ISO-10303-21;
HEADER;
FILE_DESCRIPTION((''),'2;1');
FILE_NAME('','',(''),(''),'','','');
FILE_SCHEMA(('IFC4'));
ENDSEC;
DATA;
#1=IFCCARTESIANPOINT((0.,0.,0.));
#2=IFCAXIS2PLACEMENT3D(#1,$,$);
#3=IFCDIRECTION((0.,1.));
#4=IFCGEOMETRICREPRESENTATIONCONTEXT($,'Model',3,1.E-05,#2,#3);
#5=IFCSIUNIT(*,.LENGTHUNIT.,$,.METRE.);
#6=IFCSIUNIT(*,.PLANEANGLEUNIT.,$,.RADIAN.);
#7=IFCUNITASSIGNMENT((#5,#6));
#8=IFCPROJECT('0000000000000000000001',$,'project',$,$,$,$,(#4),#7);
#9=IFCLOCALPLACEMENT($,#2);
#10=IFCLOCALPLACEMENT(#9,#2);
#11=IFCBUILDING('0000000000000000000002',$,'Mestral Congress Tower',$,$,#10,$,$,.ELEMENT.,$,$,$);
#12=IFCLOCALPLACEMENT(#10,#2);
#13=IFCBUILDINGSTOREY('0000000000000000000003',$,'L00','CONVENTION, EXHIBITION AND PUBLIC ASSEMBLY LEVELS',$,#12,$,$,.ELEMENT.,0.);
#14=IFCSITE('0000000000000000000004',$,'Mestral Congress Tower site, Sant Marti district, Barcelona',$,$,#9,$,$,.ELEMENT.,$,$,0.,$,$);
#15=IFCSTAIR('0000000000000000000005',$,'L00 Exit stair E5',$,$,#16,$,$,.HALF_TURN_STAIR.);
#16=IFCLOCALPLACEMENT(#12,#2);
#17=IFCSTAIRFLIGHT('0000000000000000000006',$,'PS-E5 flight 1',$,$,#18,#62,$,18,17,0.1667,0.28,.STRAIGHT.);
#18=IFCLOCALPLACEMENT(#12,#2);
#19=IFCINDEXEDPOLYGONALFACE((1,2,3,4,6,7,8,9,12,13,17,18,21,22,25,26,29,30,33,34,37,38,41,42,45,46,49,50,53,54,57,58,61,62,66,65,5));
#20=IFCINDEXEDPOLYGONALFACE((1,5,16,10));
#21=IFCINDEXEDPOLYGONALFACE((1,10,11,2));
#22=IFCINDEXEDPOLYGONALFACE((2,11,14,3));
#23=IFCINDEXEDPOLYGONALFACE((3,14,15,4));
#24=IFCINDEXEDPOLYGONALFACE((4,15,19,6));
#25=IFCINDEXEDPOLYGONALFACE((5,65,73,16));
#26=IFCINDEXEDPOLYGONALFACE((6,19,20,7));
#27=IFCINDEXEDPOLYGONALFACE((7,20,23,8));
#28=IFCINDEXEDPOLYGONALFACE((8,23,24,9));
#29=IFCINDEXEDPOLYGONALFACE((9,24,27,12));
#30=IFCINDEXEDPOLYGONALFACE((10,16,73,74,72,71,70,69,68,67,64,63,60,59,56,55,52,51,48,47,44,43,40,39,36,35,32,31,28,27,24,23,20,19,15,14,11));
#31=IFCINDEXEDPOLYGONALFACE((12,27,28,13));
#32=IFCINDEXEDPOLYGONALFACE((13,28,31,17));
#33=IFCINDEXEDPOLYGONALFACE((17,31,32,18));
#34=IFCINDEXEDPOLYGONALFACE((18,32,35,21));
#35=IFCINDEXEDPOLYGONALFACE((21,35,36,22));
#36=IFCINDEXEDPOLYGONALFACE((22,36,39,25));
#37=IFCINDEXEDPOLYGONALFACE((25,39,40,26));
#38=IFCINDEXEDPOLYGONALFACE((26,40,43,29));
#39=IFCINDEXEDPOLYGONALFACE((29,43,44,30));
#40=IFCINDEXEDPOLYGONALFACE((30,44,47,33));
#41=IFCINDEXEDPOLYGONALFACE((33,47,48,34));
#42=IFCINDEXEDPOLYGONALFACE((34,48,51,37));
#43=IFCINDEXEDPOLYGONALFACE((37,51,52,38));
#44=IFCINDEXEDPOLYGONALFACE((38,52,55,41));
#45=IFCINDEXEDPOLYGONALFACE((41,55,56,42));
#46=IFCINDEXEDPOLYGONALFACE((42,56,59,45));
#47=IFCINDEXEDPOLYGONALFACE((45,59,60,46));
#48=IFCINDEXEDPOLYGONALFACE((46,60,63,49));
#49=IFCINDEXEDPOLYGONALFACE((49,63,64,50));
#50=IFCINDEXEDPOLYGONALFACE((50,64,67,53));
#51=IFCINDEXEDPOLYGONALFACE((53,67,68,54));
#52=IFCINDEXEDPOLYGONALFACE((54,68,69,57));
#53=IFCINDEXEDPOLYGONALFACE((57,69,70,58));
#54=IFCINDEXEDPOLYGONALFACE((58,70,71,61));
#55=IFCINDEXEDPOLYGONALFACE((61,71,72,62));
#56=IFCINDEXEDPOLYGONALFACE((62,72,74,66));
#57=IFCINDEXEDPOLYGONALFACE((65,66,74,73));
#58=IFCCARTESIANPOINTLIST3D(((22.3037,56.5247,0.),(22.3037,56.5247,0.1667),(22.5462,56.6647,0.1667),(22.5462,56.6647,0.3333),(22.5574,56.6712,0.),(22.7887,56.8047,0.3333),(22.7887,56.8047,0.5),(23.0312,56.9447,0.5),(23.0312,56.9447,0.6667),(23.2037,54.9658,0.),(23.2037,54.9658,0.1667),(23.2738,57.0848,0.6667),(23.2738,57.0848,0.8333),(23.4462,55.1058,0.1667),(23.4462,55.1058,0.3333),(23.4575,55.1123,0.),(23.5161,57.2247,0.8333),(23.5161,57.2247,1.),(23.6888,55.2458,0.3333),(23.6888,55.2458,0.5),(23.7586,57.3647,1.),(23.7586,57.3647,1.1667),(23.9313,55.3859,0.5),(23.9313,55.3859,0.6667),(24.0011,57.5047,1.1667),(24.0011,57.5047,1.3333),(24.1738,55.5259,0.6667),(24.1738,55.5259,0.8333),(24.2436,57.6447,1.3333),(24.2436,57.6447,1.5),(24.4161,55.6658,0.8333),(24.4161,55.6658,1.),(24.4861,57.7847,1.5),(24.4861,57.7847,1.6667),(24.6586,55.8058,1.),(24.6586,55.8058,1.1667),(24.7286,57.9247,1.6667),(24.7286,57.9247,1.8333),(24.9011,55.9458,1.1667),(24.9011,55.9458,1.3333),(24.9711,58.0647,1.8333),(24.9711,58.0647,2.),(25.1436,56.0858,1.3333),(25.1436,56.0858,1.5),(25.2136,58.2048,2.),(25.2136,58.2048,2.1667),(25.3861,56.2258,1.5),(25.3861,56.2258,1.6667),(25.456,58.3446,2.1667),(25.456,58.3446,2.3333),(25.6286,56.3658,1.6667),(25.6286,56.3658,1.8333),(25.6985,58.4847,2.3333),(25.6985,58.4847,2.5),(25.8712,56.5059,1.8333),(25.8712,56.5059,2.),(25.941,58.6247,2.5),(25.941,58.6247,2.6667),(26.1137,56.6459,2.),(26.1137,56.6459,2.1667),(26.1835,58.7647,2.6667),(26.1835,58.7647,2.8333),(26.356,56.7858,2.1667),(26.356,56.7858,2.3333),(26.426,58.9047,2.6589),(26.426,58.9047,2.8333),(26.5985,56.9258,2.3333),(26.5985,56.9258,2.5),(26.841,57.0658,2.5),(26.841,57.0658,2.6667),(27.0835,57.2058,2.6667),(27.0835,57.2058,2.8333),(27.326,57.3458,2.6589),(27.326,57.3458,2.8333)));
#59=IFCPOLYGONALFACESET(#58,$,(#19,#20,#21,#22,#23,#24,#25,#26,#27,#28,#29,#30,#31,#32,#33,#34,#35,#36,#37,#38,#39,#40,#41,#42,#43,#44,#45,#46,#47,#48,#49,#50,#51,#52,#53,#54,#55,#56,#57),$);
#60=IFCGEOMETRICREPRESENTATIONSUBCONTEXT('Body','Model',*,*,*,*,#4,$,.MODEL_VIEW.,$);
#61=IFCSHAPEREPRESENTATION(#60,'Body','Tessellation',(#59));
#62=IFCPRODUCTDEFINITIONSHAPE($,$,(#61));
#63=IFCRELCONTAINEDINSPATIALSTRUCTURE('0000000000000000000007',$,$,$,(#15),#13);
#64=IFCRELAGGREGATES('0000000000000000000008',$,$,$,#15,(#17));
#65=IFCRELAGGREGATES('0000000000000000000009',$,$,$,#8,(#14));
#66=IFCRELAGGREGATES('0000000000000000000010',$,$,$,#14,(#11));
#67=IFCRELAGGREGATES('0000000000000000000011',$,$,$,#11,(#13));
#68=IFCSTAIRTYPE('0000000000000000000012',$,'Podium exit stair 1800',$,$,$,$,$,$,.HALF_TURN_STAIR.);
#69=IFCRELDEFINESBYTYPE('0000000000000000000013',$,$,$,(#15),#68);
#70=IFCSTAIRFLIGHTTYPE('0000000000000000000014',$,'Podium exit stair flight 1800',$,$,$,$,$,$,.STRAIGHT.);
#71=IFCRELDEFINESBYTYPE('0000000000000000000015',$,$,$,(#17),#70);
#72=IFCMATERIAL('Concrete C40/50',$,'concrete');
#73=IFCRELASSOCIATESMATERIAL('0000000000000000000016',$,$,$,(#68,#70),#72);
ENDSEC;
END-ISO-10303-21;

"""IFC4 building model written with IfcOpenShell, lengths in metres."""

from ifc_helpers import new_model, si_unit, direction, frame, origin, place, context, subcontext, project, spatial, polyline, outline, extrude, material, type_object, element, aggregate, save


model = new_model("IFC4")

# Units and contexts
model_context = context("Model", 3, precision=1e-05, world=origin(), true_north=direction((0.0, 1.0)))
body_context = subcontext(model_context, "Body", "Model", "MODEL_VIEW")
ifc_project = project(units=[si_unit("LENGTHUNIT", "METRE"), si_unit("PLANEANGLEUNIT", "RADIAN")], contexts=[model_context])

# Site, building, storey
site_placement = place(None, origin())
site = spatial("IfcSite", under=ifc_project, at=site_placement, Name="Mestral Congress Tower site, Sant Marti district, Barcelona", CompositionType="ELEMENT", RefElevation=0.0)
building_placement = place(site_placement, origin())
building = spatial("IfcBuilding", under=site, at=building_placement, Name="Mestral Congress Tower", CompositionType="ELEMENT")
storey_placement = place(building_placement, origin())
storey = spatial("IfcBuildingStorey", under=building, at=storey_placement, Name="L00", Description="CONVENTION, EXHIBITION AND PUBLIC ASSEMBLY LEVELS", CompositionType="ELEMENT", Elevation=0.0)

# Stair, stair flight
ifc_material_1 = material(Name="Concrete C40/50", Category="concrete")
stair_type = type_object("IfcStairType", Name="Podium exit stair 1800", PredefinedType="HALF_TURN_STAIR", material=ifc_material_1)
stair_placement = place(storey_placement, origin())
stair = element("IfcStair", 1, at=stair_placement, inside=storey, type_object=stair_type, Name="L00 Exit stair E5", PredefinedType="HALF_TURN_STAIR")
stair_flight_type = type_object("IfcStairFlightType", Name="Podium exit stair flight 1800", PredefinedType="STRAIGHT", material=ifc_material_1)
stair_flight_placement = place(storey_placement, frame((22.7537, 55.7454, 0.0), z_axis=(0.0, 0.0, 1.0), x_axis=(0.866025, 0.5, 0.0)))
stair_flight = element("IfcStairFlight", 2, at=stair_flight_placement, type_object=stair_flight_type, Name="PS-E5 flight 1", NumberOfRisers=18, NumberOfTreads=17, PredefinedType="STRAIGHT", RiserHeight=0.1667, TreadLength=0.28, context=body_context, shape_type="SweptSolid", body=[
    extrude(outline(polyline([(0.0, 0.0), (0.0, 0.1667), (0.28, 0.1667), (0.28, 0.3333), (0.5601, 0.3333), (0.5601, 0.5), (0.8401, 0.5), (0.8401, 0.6667), (1.1201, 0.6667), (1.1201, 0.8333), (1.3999, 0.8333), (1.3999, 1.0), (1.6799, 1.0), (1.6799, 1.1667), (1.96, 1.1667), (1.96, 1.3333), (2.24, 1.3333), (2.24, 1.5), (2.52, 1.5), (2.52, 1.6667), (2.8, 1.6667), (2.8, 1.8333), (3.0801, 1.8333), (3.0801, 2.0), (3.3601, 2.0), (3.3601, 2.1667), (3.6399, 2.1667), (3.6399, 2.3333), (3.9199, 2.3333), (3.9199, 2.5), (4.2, 2.5), (4.2, 2.6667), (4.48, 2.6667), (4.48, 2.8333), (4.76, 2.8333), (4.76, 3.0), (4.76, 2.6589), (0.293, 0.0), (0.0, 0.0)])), frame((0.0, 0.8999, 0.0), z_axis=(0.0, -1.0, 0.0), x_axis=(1.0, 0.0, 0.0)), (0.0, 0.0, 1.0), 1.8),
])
aggregate(stair, [stair_flight])

save(model, "model.ifc")
